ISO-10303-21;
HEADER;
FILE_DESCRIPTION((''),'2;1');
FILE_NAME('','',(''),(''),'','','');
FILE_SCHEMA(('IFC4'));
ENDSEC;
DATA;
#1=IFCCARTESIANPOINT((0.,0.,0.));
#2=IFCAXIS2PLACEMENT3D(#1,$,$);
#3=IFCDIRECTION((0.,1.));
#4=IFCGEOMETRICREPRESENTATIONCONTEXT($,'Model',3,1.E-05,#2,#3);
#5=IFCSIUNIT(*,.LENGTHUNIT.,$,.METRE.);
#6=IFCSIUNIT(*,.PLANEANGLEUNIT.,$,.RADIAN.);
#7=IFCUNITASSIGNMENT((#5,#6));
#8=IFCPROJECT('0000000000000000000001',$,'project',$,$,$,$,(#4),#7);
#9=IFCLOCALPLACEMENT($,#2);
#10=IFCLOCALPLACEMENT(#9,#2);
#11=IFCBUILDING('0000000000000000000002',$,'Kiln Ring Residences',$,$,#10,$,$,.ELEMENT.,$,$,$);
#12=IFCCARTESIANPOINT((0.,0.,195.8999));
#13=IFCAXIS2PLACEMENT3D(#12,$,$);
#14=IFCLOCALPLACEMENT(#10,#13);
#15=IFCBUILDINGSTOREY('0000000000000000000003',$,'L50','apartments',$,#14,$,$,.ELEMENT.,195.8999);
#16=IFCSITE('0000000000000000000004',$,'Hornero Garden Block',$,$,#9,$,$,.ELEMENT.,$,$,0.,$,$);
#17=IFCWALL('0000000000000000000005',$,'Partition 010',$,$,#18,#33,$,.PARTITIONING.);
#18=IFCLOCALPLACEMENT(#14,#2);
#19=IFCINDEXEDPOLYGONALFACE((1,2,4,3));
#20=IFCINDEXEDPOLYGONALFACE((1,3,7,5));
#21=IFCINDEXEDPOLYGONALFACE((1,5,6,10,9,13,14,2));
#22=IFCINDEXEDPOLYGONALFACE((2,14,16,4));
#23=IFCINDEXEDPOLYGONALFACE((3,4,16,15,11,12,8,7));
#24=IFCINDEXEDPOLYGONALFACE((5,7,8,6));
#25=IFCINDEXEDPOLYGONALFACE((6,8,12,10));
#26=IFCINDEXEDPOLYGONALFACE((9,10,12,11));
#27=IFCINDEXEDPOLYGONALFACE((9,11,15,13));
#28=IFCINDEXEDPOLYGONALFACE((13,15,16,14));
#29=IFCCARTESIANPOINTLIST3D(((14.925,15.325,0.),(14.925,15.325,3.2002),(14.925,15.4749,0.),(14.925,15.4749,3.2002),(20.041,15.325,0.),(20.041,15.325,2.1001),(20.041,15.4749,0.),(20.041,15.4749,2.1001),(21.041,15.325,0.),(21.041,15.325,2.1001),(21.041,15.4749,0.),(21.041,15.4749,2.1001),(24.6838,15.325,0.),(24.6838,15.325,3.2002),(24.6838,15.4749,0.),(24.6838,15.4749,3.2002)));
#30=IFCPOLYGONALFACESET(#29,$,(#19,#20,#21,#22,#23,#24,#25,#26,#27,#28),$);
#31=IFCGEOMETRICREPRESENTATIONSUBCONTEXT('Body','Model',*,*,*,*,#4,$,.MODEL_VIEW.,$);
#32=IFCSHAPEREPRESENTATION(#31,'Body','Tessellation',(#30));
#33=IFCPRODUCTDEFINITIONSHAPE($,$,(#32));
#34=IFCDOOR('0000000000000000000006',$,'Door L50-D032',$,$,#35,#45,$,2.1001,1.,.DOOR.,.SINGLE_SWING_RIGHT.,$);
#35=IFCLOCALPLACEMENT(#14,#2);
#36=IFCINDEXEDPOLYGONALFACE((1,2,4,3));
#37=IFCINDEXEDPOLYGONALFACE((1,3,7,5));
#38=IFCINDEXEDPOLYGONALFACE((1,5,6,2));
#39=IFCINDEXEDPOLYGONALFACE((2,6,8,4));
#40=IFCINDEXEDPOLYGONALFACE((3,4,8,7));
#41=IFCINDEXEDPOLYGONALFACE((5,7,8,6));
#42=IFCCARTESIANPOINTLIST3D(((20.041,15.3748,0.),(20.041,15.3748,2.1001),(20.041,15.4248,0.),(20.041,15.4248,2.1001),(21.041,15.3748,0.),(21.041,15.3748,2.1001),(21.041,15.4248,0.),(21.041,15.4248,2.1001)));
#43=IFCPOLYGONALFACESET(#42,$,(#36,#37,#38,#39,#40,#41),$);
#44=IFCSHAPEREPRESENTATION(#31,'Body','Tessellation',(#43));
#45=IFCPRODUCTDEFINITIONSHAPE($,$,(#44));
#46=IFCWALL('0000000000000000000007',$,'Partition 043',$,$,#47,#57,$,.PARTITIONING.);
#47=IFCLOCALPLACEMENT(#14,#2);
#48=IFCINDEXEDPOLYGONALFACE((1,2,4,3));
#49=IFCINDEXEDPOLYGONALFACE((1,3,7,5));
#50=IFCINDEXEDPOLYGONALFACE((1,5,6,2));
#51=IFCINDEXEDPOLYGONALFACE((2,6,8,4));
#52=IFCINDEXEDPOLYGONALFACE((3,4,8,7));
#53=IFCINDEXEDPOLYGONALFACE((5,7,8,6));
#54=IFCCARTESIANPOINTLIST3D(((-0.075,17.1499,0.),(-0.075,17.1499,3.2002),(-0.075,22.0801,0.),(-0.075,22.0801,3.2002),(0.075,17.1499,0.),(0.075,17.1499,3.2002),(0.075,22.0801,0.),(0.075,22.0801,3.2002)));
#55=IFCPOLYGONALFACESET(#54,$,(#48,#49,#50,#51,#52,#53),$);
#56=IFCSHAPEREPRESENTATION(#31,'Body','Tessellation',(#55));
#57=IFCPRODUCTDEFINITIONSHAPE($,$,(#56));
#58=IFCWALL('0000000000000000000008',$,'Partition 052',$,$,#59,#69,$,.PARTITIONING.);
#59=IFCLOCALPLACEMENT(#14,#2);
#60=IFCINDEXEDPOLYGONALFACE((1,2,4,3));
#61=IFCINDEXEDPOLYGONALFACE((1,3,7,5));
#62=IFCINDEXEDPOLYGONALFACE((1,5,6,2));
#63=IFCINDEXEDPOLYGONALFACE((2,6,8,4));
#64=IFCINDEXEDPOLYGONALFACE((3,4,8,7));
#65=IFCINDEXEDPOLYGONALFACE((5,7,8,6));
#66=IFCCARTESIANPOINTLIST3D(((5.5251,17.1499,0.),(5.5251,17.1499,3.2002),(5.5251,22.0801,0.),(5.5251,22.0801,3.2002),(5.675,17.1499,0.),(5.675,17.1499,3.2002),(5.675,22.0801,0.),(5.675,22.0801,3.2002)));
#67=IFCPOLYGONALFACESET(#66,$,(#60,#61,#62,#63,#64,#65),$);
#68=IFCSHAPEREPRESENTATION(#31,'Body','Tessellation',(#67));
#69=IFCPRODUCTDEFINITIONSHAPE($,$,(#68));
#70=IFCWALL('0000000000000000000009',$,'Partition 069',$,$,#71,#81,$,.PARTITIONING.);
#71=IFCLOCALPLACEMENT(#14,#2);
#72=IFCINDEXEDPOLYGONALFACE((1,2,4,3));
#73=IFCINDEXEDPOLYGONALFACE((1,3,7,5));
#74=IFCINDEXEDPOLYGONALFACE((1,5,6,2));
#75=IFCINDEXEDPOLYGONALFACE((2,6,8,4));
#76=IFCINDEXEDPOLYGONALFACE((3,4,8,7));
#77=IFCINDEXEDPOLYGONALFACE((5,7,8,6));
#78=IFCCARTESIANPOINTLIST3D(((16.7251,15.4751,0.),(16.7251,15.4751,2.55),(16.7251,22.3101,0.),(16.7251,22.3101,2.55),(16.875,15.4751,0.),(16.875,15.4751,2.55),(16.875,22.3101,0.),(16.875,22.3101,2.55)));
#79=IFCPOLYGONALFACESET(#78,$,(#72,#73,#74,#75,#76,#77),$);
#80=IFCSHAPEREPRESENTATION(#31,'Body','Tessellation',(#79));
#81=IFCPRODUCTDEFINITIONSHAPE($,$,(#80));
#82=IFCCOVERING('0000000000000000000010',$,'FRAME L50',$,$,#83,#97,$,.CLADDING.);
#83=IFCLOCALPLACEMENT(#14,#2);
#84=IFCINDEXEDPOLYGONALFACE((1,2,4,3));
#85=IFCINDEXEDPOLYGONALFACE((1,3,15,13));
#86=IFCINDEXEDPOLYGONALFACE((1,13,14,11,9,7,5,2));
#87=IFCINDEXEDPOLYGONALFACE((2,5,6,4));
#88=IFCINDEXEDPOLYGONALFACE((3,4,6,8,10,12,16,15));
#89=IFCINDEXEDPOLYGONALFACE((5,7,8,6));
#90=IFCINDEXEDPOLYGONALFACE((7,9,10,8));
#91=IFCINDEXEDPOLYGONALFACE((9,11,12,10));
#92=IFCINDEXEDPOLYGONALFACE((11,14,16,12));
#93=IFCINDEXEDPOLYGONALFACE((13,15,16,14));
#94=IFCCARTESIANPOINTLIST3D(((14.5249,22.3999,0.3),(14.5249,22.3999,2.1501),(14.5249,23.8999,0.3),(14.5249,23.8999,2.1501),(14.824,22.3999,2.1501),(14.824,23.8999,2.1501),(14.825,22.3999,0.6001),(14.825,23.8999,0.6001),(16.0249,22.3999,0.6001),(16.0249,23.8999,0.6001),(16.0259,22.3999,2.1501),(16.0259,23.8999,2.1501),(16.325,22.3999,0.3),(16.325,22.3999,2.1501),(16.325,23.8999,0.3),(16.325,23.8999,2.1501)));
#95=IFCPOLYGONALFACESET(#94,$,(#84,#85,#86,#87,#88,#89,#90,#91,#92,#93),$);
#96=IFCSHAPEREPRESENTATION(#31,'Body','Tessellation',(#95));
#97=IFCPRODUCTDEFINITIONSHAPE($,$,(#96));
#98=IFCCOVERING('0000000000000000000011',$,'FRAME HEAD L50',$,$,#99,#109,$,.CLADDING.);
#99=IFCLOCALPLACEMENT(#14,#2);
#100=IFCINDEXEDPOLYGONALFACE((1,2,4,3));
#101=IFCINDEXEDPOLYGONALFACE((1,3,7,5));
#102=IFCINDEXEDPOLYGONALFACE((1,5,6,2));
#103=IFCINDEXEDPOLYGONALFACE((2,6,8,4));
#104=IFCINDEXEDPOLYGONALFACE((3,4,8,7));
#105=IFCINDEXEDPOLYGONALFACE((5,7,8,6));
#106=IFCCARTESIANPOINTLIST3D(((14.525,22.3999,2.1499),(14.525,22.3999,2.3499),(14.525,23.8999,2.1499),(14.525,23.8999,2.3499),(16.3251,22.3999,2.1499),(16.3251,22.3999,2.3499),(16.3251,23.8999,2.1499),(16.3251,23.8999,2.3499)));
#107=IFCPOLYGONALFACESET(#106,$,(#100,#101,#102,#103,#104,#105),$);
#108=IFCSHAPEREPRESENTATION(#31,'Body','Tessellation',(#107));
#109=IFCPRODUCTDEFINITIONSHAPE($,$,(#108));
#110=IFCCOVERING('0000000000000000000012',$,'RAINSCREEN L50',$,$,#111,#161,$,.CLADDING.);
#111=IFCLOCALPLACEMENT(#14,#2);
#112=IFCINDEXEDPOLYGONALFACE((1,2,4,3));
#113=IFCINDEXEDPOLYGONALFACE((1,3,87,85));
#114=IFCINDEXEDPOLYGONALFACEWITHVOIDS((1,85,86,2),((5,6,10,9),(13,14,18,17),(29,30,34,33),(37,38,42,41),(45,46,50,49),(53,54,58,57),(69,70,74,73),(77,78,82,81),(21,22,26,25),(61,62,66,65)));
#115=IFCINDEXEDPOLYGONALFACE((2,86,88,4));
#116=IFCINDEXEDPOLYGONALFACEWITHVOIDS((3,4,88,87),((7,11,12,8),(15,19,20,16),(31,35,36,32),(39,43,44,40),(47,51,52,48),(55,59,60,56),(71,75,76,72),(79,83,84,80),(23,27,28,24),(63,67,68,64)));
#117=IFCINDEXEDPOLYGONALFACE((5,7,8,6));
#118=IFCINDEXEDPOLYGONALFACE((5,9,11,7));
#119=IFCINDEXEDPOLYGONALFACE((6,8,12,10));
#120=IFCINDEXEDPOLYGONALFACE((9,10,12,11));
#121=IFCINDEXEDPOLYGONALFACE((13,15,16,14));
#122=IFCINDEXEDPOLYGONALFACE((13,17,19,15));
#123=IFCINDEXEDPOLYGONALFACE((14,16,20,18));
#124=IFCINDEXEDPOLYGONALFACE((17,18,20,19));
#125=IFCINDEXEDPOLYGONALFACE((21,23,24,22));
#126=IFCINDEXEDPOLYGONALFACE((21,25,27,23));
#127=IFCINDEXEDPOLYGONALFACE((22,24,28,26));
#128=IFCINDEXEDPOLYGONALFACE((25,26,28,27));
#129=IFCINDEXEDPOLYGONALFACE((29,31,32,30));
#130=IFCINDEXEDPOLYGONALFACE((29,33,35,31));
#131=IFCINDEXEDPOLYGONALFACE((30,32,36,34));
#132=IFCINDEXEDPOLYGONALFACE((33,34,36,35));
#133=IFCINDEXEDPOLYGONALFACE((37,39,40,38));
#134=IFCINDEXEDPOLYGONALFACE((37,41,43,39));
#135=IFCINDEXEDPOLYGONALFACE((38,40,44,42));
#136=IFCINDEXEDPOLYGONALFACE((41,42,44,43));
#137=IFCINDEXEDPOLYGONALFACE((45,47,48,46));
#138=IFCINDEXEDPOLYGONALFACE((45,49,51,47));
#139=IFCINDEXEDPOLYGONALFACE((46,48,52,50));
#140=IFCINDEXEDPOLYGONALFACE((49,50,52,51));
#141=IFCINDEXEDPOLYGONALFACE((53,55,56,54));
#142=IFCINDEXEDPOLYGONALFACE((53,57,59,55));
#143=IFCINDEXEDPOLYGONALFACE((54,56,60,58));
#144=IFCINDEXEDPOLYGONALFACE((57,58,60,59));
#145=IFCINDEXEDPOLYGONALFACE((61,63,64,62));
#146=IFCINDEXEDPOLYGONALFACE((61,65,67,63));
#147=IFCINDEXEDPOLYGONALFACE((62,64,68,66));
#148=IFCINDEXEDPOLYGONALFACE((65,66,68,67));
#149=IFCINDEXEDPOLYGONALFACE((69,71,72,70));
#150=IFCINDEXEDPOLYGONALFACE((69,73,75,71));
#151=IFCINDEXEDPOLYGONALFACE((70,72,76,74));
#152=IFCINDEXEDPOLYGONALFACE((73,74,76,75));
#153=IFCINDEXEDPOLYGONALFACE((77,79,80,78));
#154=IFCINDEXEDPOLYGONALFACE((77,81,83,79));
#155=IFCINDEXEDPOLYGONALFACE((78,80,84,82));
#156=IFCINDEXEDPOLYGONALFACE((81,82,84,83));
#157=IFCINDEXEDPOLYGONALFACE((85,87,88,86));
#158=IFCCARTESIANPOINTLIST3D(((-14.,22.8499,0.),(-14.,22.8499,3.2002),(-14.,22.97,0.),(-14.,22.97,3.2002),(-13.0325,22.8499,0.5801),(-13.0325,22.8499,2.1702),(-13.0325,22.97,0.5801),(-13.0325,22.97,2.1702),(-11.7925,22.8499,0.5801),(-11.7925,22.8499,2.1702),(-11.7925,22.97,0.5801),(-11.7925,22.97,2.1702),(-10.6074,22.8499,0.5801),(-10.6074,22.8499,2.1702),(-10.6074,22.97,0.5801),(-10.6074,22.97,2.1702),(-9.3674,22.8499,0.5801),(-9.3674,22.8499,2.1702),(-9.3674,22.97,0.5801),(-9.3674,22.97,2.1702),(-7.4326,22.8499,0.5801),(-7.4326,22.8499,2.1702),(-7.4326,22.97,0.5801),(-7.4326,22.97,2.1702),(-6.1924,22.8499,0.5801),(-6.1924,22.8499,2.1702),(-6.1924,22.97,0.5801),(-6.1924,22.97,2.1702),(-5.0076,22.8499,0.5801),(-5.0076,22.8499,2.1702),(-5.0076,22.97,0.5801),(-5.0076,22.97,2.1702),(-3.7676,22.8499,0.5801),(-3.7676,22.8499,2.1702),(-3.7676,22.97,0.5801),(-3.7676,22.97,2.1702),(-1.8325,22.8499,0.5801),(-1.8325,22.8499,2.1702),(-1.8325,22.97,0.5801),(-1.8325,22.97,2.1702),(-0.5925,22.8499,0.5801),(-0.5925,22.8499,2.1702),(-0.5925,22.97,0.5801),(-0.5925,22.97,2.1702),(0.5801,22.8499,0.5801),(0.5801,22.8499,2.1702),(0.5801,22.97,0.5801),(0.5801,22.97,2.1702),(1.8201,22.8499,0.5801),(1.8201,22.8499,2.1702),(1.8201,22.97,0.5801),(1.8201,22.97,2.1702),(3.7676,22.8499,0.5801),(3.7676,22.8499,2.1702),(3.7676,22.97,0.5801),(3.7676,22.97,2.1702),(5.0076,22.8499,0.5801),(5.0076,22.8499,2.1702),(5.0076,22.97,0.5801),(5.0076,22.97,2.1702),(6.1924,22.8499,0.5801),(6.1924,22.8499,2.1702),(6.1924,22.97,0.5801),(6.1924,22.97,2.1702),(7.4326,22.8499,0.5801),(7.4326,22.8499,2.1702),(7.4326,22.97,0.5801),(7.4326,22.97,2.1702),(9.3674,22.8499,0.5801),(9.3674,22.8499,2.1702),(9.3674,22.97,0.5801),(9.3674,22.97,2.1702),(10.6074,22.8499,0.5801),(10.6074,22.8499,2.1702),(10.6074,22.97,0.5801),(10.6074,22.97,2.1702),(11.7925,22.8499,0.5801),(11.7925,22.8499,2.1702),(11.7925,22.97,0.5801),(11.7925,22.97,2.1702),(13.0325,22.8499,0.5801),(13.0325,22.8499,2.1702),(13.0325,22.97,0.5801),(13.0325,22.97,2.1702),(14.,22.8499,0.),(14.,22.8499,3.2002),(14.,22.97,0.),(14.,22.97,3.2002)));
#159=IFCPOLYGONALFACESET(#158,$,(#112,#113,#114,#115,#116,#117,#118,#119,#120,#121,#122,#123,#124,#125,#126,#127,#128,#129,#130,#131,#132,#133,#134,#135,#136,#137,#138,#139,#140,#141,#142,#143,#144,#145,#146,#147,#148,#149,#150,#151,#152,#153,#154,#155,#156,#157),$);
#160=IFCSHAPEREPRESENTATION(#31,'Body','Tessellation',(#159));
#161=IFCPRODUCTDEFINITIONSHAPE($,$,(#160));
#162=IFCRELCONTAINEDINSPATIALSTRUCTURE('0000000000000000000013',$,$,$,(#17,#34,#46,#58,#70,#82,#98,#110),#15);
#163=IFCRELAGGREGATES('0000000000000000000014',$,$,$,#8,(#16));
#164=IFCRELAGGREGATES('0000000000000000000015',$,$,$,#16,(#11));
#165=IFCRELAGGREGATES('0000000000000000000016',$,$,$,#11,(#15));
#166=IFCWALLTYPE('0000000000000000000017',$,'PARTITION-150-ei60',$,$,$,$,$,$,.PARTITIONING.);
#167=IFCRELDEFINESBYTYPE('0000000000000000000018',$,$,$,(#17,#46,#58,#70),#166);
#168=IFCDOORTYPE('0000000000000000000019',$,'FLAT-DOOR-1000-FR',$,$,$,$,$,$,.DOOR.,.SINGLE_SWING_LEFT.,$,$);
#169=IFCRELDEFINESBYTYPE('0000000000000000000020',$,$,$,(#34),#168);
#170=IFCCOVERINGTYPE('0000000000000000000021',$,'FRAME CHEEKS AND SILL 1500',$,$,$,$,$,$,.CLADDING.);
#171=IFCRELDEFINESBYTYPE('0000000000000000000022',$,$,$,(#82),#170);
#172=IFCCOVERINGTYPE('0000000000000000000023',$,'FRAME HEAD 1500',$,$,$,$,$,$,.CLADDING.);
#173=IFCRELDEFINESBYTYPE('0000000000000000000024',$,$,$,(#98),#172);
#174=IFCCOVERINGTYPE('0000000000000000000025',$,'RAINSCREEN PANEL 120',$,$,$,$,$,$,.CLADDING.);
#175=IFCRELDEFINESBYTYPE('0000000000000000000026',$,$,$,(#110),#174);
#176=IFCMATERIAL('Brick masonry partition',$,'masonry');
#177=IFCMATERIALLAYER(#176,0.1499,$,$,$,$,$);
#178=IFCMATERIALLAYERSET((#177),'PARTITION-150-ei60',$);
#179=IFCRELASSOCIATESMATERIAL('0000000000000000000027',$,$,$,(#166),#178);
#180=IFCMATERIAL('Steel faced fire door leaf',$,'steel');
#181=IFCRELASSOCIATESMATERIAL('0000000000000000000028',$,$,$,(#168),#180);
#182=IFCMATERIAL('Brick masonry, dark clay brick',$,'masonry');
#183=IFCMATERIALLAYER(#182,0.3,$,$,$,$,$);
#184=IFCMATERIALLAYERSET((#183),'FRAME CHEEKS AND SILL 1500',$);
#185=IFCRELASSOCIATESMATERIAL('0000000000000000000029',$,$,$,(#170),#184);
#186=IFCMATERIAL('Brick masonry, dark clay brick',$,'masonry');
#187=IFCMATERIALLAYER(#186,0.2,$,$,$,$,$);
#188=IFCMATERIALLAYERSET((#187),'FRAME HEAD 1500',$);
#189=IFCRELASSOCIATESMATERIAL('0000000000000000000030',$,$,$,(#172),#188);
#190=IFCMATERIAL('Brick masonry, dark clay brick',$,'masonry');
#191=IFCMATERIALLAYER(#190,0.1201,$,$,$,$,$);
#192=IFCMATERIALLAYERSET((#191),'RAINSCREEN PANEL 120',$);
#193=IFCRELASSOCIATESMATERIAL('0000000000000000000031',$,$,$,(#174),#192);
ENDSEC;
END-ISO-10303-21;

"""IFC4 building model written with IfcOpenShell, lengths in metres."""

from ifc_helpers import new_model, si_unit, direction, frame, frame_2d, origin, origin_2d, place, context, subcontext, project, spatial, polyline, rectangle, outline, extrude, material, layer, layer_set, type_object, element, fill, save


model = new_model("IFC4")

# Units and contexts
model_context = context("Model", 3, precision=1e-05, world=origin(), true_north=direction((0.0, 1.0)))
body_context = subcontext(model_context, "Body", "Model", "MODEL_VIEW")
ifc_project = project(units=[si_unit("LENGTHUNIT", "METRE"), si_unit("PLANEANGLEUNIT", "RADIAN")], contexts=[model_context])

# Site, building, storey
site_placement = place(None, origin())
site = spatial("IfcSite", under=ifc_project, at=site_placement, Name="Hornero Garden Block", CompositionType="ELEMENT", RefElevation=0.0)
building_placement = place(site_placement, origin())
building = spatial("IfcBuilding", under=site, at=building_placement, Name="Kiln Ring Residences", CompositionType="ELEMENT")
storey_placement = place(building_placement, frame((0.0, 0.0, 195.8999)))
storey = spatial("IfcBuildingStorey", under=building, at=storey_placement, Name="L50", Description="apartments", CompositionType="ELEMENT", Elevation=195.8999)

# Wall, opening, door
ifc_material_1 = material(Name="Brick masonry partition", Category="masonry")
ifc_layer_1 = layer(ifc_material_1, 0.1499)
ifc_layer_set_1 = layer_set([ifc_layer_1], Name="PARTITION-150-ei60")
wall_type_1 = type_object("IfcWallType", Name="PARTITION-150-ei60", PredefinedType="PARTITIONING", material=ifc_layer_set_1)
wall_1_placement = place(storey_placement, frame((14.925, 15.3999, 0.0), z_axis=(0.0, 0.0, 1.0), x_axis=(1.0, 0.0, 0.0)))
wall_1 = element("IfcWall", 1, at=wall_1_placement, inside=storey, type_object=wall_type_1, Name="Partition 010", PredefinedType="PARTITIONING", context=body_context, shape_type="SweptSolid", body=[
    extrude(rectangle(XDim=9.7588, YDim=0.1499, at=frame_2d((4.8794, 0.0))), origin(), (0.0, 0.0, 1.0), 3.2002),
])
opening_1_placement = place(wall_1_placement, frame((5.116, 0.0, 0.0)))
opening_1 = element("IfcOpeningElement", 2, at=opening_1_placement, cuts=wall_1, PredefinedType="OPENING", context=body_context, shape_type="SweptSolid", body=[
    extrude(rectangle(XDim=1.0, YDim=2.1001, at=frame_2d((0.5, 1.05))), frame((0.0, 0.085, 0.0), z_axis=(0.0, -1.0, 0.0), x_axis=(1.0, 0.0, 0.0)), (0.0, 0.0, 1.0), 0.1699),
])
ifc_material_2 = material(Name="Steel faced fire door leaf", Category="steel")
door_type_1 = type_object("IfcDoorType", Name="FLAT-DOOR-1000-FR", OperationType="SINGLE_SWING_LEFT", PredefinedType="DOOR", material=ifc_material_2)
door_1_placement = place(opening_1_placement, origin())
door_1 = element("IfcDoor", 3, at=door_1_placement, inside=storey, type_object=door_type_1, Name="Door L50-D032", OperationType="SINGLE_SWING_RIGHT", OverallHeight=2.1001, OverallWidth=1.0, PredefinedType="DOOR", context=body_context, shape_type="SweptSolid", body=[
    extrude(rectangle(XDim=1.0, YDim=2.1001, at=frame_2d((0.5, 1.05))), frame((0.0, 0.0249, 0.0), z_axis=(0.0, -1.0, 0.0), x_axis=(1.0, 0.0, 0.0)), (0.0, 0.0, 1.0), 0.05),
])
fill(opening_1, door_1)

# Walls
for number, where, z_axis, x_axis, name in (
    (4, (0.0, 17.1499, 0.0), (0.0, 0.0, 1.0), (0.0, 1.0, 0.0), "Partition 043"),
    (5, (5.6001, 17.1499, 0.0), (0.0, 0.0, 1.0), (0.0, 1.0, 0.0), "Partition 052"),
):
    element("IfcWall", number, at=place(storey_placement, frame(where, z_axis=z_axis, x_axis=x_axis)), inside=storey, type_object=wall_type_1, Name=name, PredefinedType="PARTITIONING", context=body_context, shape_type="SweptSolid", body=[
        extrude(rectangle(XDim=4.9302, YDim=0.1499, at=frame_2d((2.4651, 0.0))), origin(), (0.0, 0.0, 1.0), 3.2002),
    ])
wall_2_placement = place(storey_placement, frame((16.8, 15.4751, 0.0), z_axis=(0.0, 0.0, 1.0), x_axis=(0.0, 1.0, 0.0)))
element("IfcWall", 6, at=wall_2_placement, inside=storey, type_object=wall_type_1, Name="Partition 069", PredefinedType="PARTITIONING", context=body_context, shape_type="SweptSolid", body=[
    extrude(rectangle(XDim=6.835, YDim=0.1499, at=frame_2d((3.4175, 0.0))), origin(), (0.0, 0.0, 1.0), 2.55),
])

# Coverings
ifc_material_3 = material(Name="Brick masonry, dark clay brick", Category="masonry")
ifc_layer_2 = layer(ifc_material_3, 0.3)
ifc_layer_set_2 = layer_set([ifc_layer_2], Name="FRAME CHEEKS AND SILL 1500")
covering_type_1 = type_object("IfcCoveringType", Name="FRAME CHEEKS AND SILL 1500", PredefinedType="CLADDING", material=ifc_layer_set_2)
covering_1_placement = place(storey_placement, frame((16.325, 23.1499, 0.3), z_axis=(0.0, 0.0, 1.0), x_axis=(-1.0, 0.0, 0.0)))
element("IfcCovering", 7, at=covering_1_placement, inside=storey, type_object=covering_type_1, Name="FRAME L50", PredefinedType="CLADDING", context=body_context, shape_type="SweptSolid", body=[
    extrude(outline(polyline([(0.0, 0.0), (1.8, 0.0), (1.8, 1.8501), (1.501, 1.8501), (1.5, 0.3), (0.3, 0.3), (0.2991, 1.8501), (0.0, 1.8501), (0.0, 0.0)])), frame((0.0, 0.75, 0.0), z_axis=(0.0, -1.0, 0.0), x_axis=(1.0, 0.0, 0.0)), (0.0, 0.0, 1.0), 1.5),
])
ifc_material_4 = material(Name="Brick masonry, dark clay brick", Category="masonry")
ifc_layer_3 = layer(ifc_material_4, 0.2)
ifc_layer_set_3 = layer_set([ifc_layer_3], Name="FRAME HEAD 1500")
covering_type_2 = type_object("IfcCoveringType", Name="FRAME HEAD 1500", PredefinedType="CLADDING", material=ifc_layer_set_3)
covering_2_placement = place(storey_placement, frame((15.425, 23.1499, 2.1499), z_axis=(0.0, 0.0, 1.0), x_axis=(-1.0, 0.0, 0.0)))
element("IfcCovering", 8, at=covering_2_placement, inside=storey, type_object=covering_type_2, Name="FRAME HEAD L50", PredefinedType="CLADDING", context=body_context, shape_type="SweptSolid", body=[
    extrude(rectangle(XDim=1.8, YDim=1.5, at=origin_2d()), origin(), (0.0, 0.0, 1.0), 0.2),
])
ifc_material_5 = material(Name="Brick masonry, dark clay brick", Category="masonry")
ifc_layer_4 = layer(ifc_material_5, 0.1201)
ifc_layer_set_4 = layer_set([ifc_layer_4], Name="RAINSCREEN PANEL 120")
covering_type_3 = type_object("IfcCoveringType", Name="RAINSCREEN PANEL 120", PredefinedType="CLADDING", material=ifc_layer_set_4)
covering_3_placement = place(storey_placement, frame((14.0, 22.9099, 0.0), z_axis=(0.0, 0.0, 1.0), x_axis=(-1.0, 0.0, 0.0)))
element("IfcCovering", 9, at=covering_3_placement, inside=storey, type_object=covering_type_3, Name="RAINSCREEN L50", PredefinedType="CLADDING", context=body_context, shape_type="SweptSolid", body=[
    extrude(outline(polyline([(0.0, 0.0), (28.0, 0.0), (28.0, 3.2002), (0.0, 3.2002), (0.0, 0.0)]), holes=[polyline([(0.9675, 0.5801), (2.2075, 0.5801), (2.2075, 2.1702), (0.9675, 2.1702), (0.9675, 0.5801)]), polyline([(3.3926, 0.5801), (4.6326, 0.5801), (4.6326, 2.1702), (3.3926, 2.1702), (3.3926, 0.5801)]), polyline([(6.5674, 0.5801), (7.8076, 0.5801), (7.8076, 2.1702), (6.5674, 2.1702), (6.5674, 0.5801)]), polyline([(8.9924, 2.1702), (8.9924, 0.5801), (10.2324, 0.5801), (10.2324, 2.1702), (8.9924, 2.1702)]), polyline([(12.1799, 2.1702), (12.1799, 0.5801), (13.4199, 0.5801), (13.4199, 2.1702), (12.1799, 2.1702)]), polyline([(14.5925, 0.5801), (15.8325, 0.5801), (15.8325, 2.1702), (14.5925, 2.1702), (14.5925, 0.5801)]), polyline([(17.7676, 0.5801), (19.0076, 0.5801), (19.0076, 2.1702), (17.7676, 2.1702), (17.7676, 0.5801)]), polyline([(20.1924, 0.5801), (21.4326, 0.5801), (21.4326, 2.1702), (20.1924, 2.1702), (20.1924, 0.5801)]), polyline([(23.3674, 2.1702), (23.3674, 0.5801), (24.6074, 0.5801), (24.6074, 2.1702), (23.3674, 2.1702)]), polyline([(25.7925, 2.1702), (25.7925, 0.5801), (27.0325, 0.5801), (27.0325, 2.1702), (25.7925, 2.1702)])]), frame((0.0, 0.0601, 0.0), z_axis=(0.0, -1.0, 0.0), x_axis=(1.0, 0.0, 0.0)), (0.0, 0.0, 1.0), 0.1201),
])

save(model, "model.ifc")
